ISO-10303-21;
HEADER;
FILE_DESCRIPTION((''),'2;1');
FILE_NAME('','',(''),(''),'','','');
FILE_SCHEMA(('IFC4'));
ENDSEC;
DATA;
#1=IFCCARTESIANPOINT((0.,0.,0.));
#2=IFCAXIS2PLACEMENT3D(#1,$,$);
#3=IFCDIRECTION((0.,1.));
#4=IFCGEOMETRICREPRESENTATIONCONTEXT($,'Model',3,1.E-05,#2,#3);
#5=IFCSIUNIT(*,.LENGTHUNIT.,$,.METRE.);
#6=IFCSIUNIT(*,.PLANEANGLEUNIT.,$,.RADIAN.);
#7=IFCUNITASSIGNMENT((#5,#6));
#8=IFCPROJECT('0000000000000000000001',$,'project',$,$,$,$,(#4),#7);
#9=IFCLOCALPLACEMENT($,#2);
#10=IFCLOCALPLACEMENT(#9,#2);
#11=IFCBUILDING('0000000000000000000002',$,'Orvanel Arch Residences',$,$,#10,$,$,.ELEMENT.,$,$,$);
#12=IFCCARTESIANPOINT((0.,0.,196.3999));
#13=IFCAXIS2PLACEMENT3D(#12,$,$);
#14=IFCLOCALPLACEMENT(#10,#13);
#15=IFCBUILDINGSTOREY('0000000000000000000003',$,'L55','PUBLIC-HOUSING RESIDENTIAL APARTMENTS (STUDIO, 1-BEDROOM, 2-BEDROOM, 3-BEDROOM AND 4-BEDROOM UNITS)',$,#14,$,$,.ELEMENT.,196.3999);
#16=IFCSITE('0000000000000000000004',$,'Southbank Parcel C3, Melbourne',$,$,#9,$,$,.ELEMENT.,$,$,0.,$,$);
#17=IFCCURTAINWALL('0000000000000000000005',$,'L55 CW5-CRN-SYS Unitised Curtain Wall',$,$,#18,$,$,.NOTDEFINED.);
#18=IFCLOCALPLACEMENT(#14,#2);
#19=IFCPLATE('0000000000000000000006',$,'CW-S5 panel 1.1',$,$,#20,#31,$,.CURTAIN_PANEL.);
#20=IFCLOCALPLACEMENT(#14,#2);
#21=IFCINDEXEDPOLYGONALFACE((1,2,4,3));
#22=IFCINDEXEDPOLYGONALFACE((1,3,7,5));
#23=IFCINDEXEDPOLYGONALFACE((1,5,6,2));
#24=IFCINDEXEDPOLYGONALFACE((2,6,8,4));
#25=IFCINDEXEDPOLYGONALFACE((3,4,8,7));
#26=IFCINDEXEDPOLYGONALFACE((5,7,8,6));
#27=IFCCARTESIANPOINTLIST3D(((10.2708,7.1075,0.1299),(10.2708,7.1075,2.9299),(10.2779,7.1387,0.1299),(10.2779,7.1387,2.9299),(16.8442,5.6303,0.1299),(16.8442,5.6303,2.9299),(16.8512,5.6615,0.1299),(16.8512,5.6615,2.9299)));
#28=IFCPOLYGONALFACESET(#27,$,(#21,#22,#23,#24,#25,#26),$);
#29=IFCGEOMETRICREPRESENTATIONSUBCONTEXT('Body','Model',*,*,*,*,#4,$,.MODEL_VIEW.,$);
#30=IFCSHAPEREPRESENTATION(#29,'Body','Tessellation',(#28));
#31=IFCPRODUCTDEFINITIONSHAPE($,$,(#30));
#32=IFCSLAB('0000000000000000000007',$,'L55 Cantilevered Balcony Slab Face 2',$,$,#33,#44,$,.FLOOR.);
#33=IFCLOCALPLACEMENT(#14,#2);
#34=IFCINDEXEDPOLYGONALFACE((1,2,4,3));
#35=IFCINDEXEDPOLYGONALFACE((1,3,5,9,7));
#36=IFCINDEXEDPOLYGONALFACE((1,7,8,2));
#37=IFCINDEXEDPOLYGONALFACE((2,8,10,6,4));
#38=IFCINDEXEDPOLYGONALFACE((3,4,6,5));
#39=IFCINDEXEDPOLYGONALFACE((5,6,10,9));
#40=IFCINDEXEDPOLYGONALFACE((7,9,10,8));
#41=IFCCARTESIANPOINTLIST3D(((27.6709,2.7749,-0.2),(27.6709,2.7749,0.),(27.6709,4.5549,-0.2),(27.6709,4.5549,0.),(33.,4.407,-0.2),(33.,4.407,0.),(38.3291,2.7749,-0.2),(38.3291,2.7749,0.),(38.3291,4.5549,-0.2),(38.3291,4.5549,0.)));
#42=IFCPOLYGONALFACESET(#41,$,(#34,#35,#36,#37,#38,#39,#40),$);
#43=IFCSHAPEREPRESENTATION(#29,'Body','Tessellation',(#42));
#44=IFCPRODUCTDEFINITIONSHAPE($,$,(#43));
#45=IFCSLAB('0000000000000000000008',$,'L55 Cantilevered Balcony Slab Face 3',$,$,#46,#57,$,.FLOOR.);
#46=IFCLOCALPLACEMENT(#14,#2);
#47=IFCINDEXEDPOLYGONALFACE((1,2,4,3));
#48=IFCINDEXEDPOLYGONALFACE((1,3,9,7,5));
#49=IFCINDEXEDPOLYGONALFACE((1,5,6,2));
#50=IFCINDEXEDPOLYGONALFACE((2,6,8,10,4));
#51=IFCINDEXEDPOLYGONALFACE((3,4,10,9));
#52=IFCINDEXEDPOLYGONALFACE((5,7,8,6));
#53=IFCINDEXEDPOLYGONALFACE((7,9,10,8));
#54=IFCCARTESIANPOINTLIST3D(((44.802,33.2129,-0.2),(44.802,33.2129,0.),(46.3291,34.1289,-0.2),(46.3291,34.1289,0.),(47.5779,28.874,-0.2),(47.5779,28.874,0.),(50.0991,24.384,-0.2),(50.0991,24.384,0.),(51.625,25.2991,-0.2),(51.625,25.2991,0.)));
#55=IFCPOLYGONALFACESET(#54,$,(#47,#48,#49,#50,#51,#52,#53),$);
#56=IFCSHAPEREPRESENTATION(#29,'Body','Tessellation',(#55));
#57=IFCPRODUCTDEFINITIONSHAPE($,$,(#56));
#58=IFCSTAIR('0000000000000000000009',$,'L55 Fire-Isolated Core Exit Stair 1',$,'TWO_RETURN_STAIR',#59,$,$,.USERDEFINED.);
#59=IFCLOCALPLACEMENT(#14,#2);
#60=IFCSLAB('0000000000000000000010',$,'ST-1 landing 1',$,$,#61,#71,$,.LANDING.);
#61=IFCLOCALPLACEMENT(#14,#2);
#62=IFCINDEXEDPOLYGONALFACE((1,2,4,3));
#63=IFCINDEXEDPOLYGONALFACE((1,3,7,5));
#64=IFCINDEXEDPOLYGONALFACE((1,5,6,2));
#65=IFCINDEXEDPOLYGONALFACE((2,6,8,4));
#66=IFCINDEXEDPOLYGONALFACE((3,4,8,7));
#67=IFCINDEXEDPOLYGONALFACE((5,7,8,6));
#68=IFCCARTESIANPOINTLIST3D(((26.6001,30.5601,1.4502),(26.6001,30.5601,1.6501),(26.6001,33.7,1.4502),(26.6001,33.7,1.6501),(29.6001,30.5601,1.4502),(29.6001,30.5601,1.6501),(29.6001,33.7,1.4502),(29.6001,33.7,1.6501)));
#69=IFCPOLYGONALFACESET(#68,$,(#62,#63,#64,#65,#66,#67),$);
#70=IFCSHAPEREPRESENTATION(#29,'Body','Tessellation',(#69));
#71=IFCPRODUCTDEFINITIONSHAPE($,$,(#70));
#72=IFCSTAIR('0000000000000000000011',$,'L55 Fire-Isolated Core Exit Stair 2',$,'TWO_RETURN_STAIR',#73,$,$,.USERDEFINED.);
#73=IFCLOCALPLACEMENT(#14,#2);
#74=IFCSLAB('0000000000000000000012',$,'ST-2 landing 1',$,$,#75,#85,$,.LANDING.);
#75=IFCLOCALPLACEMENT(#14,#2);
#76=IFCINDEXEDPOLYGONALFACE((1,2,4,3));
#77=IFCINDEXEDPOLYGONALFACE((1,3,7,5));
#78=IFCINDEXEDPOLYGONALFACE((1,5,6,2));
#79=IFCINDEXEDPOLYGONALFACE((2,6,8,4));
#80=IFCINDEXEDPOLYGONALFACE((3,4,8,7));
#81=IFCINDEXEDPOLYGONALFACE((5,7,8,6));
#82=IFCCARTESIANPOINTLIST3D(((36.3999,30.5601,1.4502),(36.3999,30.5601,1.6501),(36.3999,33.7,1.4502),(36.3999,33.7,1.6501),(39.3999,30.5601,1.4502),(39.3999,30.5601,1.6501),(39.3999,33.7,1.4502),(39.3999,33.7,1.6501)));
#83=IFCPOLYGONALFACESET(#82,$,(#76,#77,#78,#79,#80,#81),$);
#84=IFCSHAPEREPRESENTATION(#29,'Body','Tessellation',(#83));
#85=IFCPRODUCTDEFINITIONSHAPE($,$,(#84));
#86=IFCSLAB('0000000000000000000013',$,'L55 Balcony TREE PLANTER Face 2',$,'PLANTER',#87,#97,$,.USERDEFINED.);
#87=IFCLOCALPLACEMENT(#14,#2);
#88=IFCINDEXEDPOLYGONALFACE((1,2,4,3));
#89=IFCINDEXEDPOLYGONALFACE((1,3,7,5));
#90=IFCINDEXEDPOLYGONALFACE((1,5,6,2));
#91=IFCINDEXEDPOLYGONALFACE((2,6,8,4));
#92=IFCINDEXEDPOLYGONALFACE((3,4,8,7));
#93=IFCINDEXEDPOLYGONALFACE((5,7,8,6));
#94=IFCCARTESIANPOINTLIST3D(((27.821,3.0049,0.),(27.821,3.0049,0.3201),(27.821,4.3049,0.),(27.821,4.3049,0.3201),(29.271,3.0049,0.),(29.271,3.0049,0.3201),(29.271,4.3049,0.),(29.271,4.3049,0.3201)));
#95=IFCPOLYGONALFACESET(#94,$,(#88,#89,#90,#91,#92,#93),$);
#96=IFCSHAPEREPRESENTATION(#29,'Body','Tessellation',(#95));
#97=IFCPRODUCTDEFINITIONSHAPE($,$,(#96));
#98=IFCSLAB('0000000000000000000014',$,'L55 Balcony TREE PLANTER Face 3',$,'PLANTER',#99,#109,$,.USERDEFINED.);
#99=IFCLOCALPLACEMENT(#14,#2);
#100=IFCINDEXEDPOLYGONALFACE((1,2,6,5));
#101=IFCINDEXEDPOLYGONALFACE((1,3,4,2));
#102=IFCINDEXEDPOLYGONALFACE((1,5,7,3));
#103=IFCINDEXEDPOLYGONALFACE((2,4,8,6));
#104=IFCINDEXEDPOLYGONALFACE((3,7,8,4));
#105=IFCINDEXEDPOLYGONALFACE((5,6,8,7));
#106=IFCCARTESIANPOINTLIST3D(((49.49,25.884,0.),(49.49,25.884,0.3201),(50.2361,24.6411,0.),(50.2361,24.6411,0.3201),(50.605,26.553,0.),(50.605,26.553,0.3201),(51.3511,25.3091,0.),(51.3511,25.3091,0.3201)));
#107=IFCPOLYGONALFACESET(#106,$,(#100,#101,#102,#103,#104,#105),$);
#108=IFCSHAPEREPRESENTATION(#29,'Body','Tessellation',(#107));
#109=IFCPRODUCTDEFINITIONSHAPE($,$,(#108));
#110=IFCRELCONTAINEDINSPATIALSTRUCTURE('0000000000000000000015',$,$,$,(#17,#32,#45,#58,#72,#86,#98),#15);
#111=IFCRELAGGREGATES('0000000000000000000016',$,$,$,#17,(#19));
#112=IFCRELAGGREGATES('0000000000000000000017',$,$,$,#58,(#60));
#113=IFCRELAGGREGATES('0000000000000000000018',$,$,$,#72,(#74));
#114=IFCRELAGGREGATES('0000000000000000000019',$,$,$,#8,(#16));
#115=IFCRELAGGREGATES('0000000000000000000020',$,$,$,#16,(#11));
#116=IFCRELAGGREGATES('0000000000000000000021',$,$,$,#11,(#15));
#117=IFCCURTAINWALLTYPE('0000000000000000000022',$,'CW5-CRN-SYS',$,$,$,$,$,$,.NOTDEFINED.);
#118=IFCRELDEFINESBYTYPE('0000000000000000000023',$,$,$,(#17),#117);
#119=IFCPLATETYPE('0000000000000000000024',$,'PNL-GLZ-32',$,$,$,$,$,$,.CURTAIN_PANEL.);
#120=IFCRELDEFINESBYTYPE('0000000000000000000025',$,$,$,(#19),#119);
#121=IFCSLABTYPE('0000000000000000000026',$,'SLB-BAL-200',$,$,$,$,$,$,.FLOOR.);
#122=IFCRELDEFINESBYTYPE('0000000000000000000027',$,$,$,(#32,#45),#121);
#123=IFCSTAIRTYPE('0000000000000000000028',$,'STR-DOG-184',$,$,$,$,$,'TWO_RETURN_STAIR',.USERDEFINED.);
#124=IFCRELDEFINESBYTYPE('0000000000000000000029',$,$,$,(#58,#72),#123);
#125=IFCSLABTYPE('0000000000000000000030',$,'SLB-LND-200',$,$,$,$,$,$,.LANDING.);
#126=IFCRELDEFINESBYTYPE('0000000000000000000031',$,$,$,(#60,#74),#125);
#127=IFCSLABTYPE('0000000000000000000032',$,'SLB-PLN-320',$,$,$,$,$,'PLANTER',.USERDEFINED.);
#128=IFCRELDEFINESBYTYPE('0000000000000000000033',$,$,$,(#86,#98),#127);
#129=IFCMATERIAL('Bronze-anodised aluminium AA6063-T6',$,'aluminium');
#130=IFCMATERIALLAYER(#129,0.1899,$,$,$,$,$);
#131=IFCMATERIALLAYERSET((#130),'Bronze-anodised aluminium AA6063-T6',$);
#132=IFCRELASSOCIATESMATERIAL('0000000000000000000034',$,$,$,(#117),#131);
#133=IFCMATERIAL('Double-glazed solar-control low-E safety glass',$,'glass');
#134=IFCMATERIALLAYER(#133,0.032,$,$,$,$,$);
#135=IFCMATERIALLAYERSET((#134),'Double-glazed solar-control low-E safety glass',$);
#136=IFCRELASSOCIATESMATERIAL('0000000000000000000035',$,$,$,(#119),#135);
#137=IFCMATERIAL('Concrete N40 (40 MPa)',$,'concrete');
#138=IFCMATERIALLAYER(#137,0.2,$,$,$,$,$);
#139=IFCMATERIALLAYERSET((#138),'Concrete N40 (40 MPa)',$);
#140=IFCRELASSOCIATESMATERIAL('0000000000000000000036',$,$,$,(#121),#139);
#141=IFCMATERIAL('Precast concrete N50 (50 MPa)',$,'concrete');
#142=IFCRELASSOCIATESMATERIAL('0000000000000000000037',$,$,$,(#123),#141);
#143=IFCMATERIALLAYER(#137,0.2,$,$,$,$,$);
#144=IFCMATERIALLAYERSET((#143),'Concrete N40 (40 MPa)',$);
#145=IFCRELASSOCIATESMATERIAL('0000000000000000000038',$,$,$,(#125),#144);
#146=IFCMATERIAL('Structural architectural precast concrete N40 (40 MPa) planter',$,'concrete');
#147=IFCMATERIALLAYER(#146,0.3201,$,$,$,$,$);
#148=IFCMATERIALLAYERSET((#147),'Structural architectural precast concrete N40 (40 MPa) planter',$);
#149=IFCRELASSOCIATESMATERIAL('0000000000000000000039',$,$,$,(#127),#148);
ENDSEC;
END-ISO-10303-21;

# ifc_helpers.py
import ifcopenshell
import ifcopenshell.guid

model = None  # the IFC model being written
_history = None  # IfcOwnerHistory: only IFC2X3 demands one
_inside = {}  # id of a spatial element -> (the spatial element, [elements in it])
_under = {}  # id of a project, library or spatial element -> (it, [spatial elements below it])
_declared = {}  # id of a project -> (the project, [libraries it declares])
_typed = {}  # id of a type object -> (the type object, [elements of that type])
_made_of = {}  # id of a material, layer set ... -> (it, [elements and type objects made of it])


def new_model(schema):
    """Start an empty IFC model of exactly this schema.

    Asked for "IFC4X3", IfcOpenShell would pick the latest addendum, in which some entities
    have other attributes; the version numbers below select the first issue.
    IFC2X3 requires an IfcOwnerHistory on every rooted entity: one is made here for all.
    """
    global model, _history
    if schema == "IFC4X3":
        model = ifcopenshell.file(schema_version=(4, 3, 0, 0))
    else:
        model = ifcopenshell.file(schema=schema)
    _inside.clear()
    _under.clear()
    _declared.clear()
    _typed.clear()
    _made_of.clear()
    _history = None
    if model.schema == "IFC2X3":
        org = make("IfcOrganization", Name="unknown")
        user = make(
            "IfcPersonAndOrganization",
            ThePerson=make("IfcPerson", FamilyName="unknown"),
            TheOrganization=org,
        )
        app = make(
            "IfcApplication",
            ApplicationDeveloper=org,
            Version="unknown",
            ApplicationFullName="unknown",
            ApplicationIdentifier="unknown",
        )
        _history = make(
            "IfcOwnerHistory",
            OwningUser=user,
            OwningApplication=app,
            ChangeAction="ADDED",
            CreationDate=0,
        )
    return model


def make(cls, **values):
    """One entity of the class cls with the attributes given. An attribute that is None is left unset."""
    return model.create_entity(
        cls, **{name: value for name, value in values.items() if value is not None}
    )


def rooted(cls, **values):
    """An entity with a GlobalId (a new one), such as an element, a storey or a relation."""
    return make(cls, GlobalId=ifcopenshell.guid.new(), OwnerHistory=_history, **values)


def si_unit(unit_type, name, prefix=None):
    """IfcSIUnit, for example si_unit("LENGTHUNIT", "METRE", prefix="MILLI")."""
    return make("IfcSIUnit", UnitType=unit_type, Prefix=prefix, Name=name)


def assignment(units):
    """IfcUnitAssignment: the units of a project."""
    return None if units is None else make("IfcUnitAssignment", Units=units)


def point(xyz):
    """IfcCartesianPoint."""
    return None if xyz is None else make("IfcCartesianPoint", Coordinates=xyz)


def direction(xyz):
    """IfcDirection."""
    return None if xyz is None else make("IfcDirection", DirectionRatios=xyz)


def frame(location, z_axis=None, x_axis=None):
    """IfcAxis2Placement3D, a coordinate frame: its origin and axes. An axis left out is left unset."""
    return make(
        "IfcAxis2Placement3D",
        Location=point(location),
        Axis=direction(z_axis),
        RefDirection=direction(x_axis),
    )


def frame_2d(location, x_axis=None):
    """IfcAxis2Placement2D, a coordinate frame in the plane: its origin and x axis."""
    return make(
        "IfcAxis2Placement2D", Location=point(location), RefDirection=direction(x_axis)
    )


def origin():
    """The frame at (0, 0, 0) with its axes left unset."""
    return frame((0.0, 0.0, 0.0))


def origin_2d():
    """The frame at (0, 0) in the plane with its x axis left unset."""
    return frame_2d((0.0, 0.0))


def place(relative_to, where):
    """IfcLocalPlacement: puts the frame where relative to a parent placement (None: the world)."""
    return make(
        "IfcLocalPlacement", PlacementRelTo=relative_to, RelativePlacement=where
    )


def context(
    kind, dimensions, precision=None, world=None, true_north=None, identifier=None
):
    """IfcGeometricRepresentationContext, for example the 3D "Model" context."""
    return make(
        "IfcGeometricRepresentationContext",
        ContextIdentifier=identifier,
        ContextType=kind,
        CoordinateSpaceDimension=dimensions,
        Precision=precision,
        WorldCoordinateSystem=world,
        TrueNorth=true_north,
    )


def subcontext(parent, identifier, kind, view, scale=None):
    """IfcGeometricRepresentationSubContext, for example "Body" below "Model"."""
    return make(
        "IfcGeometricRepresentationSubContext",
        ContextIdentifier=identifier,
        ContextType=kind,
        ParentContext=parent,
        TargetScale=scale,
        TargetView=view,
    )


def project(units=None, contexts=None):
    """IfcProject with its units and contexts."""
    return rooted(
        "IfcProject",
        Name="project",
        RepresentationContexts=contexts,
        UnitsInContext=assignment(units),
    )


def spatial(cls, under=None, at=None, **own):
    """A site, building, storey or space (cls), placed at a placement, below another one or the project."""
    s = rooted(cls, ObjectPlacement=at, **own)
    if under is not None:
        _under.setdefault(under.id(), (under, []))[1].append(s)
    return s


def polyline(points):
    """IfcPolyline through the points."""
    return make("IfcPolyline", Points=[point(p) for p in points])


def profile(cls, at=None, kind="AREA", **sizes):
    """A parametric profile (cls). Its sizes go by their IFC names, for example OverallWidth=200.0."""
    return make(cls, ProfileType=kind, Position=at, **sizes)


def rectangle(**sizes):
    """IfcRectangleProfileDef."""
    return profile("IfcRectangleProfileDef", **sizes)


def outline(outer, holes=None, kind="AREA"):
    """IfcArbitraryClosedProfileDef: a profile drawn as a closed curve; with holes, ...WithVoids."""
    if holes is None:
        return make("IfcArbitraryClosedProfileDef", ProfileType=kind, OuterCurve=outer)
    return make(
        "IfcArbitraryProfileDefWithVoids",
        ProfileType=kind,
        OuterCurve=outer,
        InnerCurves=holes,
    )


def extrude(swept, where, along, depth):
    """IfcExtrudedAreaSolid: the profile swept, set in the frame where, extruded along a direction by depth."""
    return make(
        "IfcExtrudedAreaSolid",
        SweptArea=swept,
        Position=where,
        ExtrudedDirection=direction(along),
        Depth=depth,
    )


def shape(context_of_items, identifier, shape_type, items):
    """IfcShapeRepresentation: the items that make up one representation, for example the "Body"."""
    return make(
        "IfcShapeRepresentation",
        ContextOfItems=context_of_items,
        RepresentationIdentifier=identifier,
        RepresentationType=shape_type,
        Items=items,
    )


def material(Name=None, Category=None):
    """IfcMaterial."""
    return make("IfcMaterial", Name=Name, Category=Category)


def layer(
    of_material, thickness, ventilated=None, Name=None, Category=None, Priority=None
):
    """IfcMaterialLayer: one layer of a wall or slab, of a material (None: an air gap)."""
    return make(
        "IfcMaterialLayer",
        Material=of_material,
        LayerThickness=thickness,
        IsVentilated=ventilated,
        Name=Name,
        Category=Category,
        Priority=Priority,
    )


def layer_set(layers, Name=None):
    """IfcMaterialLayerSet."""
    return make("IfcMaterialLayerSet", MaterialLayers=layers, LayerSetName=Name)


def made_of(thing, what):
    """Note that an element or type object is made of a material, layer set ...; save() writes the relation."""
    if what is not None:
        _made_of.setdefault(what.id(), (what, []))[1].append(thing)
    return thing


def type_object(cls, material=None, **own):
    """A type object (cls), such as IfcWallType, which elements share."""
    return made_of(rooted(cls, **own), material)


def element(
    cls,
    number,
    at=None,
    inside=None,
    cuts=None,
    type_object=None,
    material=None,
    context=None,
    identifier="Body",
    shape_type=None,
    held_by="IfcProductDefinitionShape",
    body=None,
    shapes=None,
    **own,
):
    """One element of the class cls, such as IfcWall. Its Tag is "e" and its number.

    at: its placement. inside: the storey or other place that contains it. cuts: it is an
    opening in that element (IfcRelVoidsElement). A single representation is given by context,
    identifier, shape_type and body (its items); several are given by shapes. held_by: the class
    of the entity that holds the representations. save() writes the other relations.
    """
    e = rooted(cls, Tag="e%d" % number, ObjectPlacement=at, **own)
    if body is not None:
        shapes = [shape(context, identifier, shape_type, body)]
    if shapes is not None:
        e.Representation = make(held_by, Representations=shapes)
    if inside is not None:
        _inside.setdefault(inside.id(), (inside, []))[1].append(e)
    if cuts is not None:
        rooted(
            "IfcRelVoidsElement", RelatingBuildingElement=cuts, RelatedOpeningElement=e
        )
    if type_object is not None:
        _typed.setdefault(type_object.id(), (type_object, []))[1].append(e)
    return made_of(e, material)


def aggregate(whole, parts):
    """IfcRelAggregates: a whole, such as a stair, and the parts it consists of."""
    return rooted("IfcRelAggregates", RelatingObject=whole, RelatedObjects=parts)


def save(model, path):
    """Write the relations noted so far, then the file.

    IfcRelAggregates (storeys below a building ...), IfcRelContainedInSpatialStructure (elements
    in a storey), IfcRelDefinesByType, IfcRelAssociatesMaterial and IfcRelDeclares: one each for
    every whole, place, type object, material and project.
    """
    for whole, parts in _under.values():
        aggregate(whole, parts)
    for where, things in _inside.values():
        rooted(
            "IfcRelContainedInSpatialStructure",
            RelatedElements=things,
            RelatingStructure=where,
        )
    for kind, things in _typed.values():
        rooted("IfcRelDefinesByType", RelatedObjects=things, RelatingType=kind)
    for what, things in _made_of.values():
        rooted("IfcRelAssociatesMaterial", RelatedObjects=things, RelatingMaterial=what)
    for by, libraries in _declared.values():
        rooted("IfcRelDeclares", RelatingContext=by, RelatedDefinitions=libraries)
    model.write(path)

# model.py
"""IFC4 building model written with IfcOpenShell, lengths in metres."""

from ifc_helpers import new_model, si_unit, direction, frame, origin, origin_2d, place, context, subcontext, project, spatial, polyline, rectangle, outline, extrude, material, layer, layer_set, type_object, element, aggregate, save


model = new_model("IFC4")

# Units and contexts
model_context = context("Model", 3, precision=1e-05, world=origin(), true_north=direction((0.0, 1.0)))
body_context = subcontext(model_context, "Body", "Model", "MODEL_VIEW")
ifc_project = project(units=[si_unit("LENGTHUNIT", "METRE"), si_unit("PLANEANGLEUNIT", "RADIAN")], contexts=[model_context])

# Site, building, storey
site_placement = place(None, origin())
site = spatial("IfcSite", under=ifc_project, at=site_placement, Name="Southbank Parcel C3, Melbourne", CompositionType="ELEMENT", RefElevation=0.0)
building_placement = place(site_placement, origin())
building = spatial("IfcBuilding", under=site, at=building_placement, Name="Orvanel Arch Residences", CompositionType="ELEMENT")
storey_placement = place(building_placement, frame((0.0, 0.0, 196.3999)))
storey = spatial("IfcBuildingStorey", under=building, at=storey_placement, Name="L55", Description="PUBLIC-HOUSING RESIDENTIAL APARTMENTS (STUDIO, 1-BEDROOM, 2-BEDROOM, 3-BEDROOM AND 4-BEDROOM UNITS)", CompositionType="ELEMENT", Elevation=196.3999)

# Shared definitions
ifc_material_1 = material(Name="Bronze-anodised aluminium AA6063-T6", Category="aluminium")
ifc_layer_1 = layer(ifc_material_1, 0.1899)
ifc_layer_set_1 = layer_set([ifc_layer_1], Name="Bronze-anodised aluminium AA6063-T6")
curtain_wall_type_1 = type_object("IfcCurtainWallType", Name="CW5-CRN-SYS", PredefinedType="NOTDEFINED", material=ifc_layer_set_1)

# Curtain wall
curtain_wall_1_placement = place(storey_placement, origin())
curtain_wall_1 = element("IfcCurtainWall", 1, at=curtain_wall_1_placement, inside=storey, type_object=curtain_wall_type_1, Name="L55 CW5-CRN-SYS Unitised Curtain Wall", PredefinedType="NOTDEFINED")

# Plate
ifc_material_2 = material(Name="Double-glazed solar-control low-E safety glass", Category="glass")
ifc_layer_2 = layer(ifc_material_2, 0.032)
ifc_layer_set_2 = layer_set([ifc_layer_2], Name="Double-glazed solar-control low-E safety glass")
plate_type_1 = type_object("IfcPlateType", Name="PNL-GLZ-32", PredefinedType="CURTAIN_PANEL", material=ifc_layer_set_2)
plate_1_placement = place(storey_placement, frame((13.561, 6.3845, 0.1299), z_axis=(0.0, 0.0, 1.0), x_axis=(0.975666, -0.219262, 0.0)))
plate_1 = element("IfcPlate", 2, at=plate_1_placement, type_object=plate_type_1, Name="CW-S5 panel 1.1", PredefinedType="CURTAIN_PANEL", context=body_context, shape_type="SweptSolid", body=[
    extrude(rectangle(XDim=6.7373, YDim=0.032, at=origin_2d()), origin(), (0.0, 0.0, 1.0), 2.8),
])
aggregate(curtain_wall_1, [plate_1])

# Slabs
ifc_material_3 = material(Name="Concrete N40 (40 MPa)", Category="concrete")
ifc_layer_3 = layer(ifc_material_3, 0.2)
ifc_layer_set_3 = layer_set([ifc_layer_3], Name="Concrete N40 (40 MPa)")
slab_type_1 = type_object("IfcSlabType", Name="SLB-BAL-200", PredefinedType="FLOOR", material=ifc_layer_set_3)
slab_1_placement = place(storey_placement, frame((0.0, 0.0, -0.2)))
element("IfcSlab", 3, at=slab_1_placement, inside=storey, type_object=slab_type_1, Name="L55 Cantilevered Balcony Slab Face 2", PredefinedType="FLOOR", context=body_context, shape_type="SweptSolid", body=[
    extrude(outline(polyline([(27.6709, 2.7749), (38.3291, 2.7749), (38.3291, 4.5549), (33.0, 4.407), (27.6709, 4.5549), (27.6709, 2.7749)])), origin(), (0.0, 0.0, 1.0), 0.2),
])
slab_2_placement = place(storey_placement, frame((0.0, 0.0, -0.2)))
element("IfcSlab", 4, at=slab_2_placement, inside=storey, type_object=slab_type_1, Name="L55 Cantilevered Balcony Slab Face 3", PredefinedType="FLOOR", context=body_context, shape_type="SweptSolid", body=[
    extrude(outline(polyline([(51.625, 25.2991), (46.3291, 34.1289), (44.802, 33.2129), (47.5779, 28.874), (50.0991, 24.384), (51.625, 25.2991)])), origin(), (0.0, 0.0, 1.0), 0.2),
])

# Stairs, slabs
ifc_material_4 = material(Name="Precast concrete N50 (50 MPa)", Category="concrete")
stair_type = type_object("IfcStairType", Name="STR-DOG-184", ElementType="TWO_RETURN_STAIR", PredefinedType="USERDEFINED", material=ifc_material_4)
stair_1_placement = place(storey_placement, origin())
stair_1 = element("IfcStair", 5, at=stair_1_placement, inside=storey, type_object=stair_type, Name="L55 Fire-Isolated Core Exit Stair 1", ObjectType="TWO_RETURN_STAIR", PredefinedType="USERDEFINED")
ifc_layer_4 = layer(ifc_material_3, 0.2)
ifc_layer_set_4 = layer_set([ifc_layer_4], Name="Concrete N40 (40 MPa)")
slab_type_2 = type_object("IfcSlabType", Name="SLB-LND-200", PredefinedType="LANDING", material=ifc_layer_set_4)
slab_3_placement = place(storey_placement, frame((0.0, 0.0, 1.4502)))
slab_3 = element("IfcSlab", 6, at=slab_3_placement, type_object=slab_type_2, Name="ST-1 landing 1", PredefinedType="LANDING", context=body_context, shape_type="SweptSolid", body=[
    extrude(outline(polyline([(29.6001, 30.5601), (29.6001, 33.7), (26.6001, 33.7), (26.6001, 30.5601), (29.6001, 30.5601)])), origin(), (0.0, 0.0, 1.0), 0.2),
])
aggregate(stair_1, [slab_3])
stair_2_placement = place(storey_placement, origin())
stair_2 = element("IfcStair", 7, at=stair_2_placement, inside=storey, type_object=stair_type, Name="L55 Fire-Isolated Core Exit Stair 2", ObjectType="TWO_RETURN_STAIR", PredefinedType="USERDEFINED")
slab_4_placement = place(storey_placement, frame((0.0, 0.0, 1.4502)))
slab_4 = element("IfcSlab", 8, at=slab_4_placement, type_object=slab_type_2, Name="ST-2 landing 1", PredefinedType="LANDING", context=body_context, shape_type="SweptSolid", body=[
    extrude(outline(polyline([(39.3999, 30.5601), (39.3999, 33.7), (36.3999, 33.7), (36.3999, 30.5601), (39.3999, 30.5601)])), origin(), (0.0, 0.0, 1.0), 0.2),
])
aggregate(stair_2, [slab_4])

# Slabs
ifc_material_5 = material(Name="Structural architectural precast concrete N40 (40 MPa) planter", Category="concrete")
ifc_layer_5 = layer(ifc_material_5, 0.3201)
ifc_layer_set_5 = layer_set([ifc_layer_5], Name="Structural architectural precast concrete N40 (40 MPa) planter")
slab_type_3 = type_object("IfcSlabType", Name="SLB-PLN-320", ElementType="PLANTER", PredefinedType="USERDEFINED", material=ifc_layer_set_5)
slab_5_placement = place(storey_placement, origin())
element("IfcSlab", 9, at=slab_5_placement, inside=storey, type_object=slab_type_3, Name="L55 Balcony TREE PLANTER Face 2", ObjectType="PLANTER", PredefinedType="USERDEFINED", context=body_context, shape_type="SweptSolid", body=[
    extrude(outline(polyline([(27.821, 3.0049), (29.271, 3.0049), (29.271, 4.3049), (27.821, 4.3049), (27.821, 3.0049)])), origin(), (0.0, 0.0, 1.0), 0.3201),
])
slab_6_placement = place(storey_placement, origin())
element("IfcSlab", 10, at=slab_6_placement, inside=storey, type_object=slab_type_3, Name="L55 Balcony TREE PLANTER Face 3", ObjectType="PLANTER", PredefinedType="USERDEFINED", context=body_context, shape_type="SweptSolid", body=[
    extrude(outline(polyline([(51.3511, 25.3091), (50.605, 26.553), (49.49, 25.884), (50.2361, 24.6411), (51.3511, 25.3091)])), origin(), (0.0, 0.0, 1.0), 0.3201),
])

save(model, "model.ifc")
